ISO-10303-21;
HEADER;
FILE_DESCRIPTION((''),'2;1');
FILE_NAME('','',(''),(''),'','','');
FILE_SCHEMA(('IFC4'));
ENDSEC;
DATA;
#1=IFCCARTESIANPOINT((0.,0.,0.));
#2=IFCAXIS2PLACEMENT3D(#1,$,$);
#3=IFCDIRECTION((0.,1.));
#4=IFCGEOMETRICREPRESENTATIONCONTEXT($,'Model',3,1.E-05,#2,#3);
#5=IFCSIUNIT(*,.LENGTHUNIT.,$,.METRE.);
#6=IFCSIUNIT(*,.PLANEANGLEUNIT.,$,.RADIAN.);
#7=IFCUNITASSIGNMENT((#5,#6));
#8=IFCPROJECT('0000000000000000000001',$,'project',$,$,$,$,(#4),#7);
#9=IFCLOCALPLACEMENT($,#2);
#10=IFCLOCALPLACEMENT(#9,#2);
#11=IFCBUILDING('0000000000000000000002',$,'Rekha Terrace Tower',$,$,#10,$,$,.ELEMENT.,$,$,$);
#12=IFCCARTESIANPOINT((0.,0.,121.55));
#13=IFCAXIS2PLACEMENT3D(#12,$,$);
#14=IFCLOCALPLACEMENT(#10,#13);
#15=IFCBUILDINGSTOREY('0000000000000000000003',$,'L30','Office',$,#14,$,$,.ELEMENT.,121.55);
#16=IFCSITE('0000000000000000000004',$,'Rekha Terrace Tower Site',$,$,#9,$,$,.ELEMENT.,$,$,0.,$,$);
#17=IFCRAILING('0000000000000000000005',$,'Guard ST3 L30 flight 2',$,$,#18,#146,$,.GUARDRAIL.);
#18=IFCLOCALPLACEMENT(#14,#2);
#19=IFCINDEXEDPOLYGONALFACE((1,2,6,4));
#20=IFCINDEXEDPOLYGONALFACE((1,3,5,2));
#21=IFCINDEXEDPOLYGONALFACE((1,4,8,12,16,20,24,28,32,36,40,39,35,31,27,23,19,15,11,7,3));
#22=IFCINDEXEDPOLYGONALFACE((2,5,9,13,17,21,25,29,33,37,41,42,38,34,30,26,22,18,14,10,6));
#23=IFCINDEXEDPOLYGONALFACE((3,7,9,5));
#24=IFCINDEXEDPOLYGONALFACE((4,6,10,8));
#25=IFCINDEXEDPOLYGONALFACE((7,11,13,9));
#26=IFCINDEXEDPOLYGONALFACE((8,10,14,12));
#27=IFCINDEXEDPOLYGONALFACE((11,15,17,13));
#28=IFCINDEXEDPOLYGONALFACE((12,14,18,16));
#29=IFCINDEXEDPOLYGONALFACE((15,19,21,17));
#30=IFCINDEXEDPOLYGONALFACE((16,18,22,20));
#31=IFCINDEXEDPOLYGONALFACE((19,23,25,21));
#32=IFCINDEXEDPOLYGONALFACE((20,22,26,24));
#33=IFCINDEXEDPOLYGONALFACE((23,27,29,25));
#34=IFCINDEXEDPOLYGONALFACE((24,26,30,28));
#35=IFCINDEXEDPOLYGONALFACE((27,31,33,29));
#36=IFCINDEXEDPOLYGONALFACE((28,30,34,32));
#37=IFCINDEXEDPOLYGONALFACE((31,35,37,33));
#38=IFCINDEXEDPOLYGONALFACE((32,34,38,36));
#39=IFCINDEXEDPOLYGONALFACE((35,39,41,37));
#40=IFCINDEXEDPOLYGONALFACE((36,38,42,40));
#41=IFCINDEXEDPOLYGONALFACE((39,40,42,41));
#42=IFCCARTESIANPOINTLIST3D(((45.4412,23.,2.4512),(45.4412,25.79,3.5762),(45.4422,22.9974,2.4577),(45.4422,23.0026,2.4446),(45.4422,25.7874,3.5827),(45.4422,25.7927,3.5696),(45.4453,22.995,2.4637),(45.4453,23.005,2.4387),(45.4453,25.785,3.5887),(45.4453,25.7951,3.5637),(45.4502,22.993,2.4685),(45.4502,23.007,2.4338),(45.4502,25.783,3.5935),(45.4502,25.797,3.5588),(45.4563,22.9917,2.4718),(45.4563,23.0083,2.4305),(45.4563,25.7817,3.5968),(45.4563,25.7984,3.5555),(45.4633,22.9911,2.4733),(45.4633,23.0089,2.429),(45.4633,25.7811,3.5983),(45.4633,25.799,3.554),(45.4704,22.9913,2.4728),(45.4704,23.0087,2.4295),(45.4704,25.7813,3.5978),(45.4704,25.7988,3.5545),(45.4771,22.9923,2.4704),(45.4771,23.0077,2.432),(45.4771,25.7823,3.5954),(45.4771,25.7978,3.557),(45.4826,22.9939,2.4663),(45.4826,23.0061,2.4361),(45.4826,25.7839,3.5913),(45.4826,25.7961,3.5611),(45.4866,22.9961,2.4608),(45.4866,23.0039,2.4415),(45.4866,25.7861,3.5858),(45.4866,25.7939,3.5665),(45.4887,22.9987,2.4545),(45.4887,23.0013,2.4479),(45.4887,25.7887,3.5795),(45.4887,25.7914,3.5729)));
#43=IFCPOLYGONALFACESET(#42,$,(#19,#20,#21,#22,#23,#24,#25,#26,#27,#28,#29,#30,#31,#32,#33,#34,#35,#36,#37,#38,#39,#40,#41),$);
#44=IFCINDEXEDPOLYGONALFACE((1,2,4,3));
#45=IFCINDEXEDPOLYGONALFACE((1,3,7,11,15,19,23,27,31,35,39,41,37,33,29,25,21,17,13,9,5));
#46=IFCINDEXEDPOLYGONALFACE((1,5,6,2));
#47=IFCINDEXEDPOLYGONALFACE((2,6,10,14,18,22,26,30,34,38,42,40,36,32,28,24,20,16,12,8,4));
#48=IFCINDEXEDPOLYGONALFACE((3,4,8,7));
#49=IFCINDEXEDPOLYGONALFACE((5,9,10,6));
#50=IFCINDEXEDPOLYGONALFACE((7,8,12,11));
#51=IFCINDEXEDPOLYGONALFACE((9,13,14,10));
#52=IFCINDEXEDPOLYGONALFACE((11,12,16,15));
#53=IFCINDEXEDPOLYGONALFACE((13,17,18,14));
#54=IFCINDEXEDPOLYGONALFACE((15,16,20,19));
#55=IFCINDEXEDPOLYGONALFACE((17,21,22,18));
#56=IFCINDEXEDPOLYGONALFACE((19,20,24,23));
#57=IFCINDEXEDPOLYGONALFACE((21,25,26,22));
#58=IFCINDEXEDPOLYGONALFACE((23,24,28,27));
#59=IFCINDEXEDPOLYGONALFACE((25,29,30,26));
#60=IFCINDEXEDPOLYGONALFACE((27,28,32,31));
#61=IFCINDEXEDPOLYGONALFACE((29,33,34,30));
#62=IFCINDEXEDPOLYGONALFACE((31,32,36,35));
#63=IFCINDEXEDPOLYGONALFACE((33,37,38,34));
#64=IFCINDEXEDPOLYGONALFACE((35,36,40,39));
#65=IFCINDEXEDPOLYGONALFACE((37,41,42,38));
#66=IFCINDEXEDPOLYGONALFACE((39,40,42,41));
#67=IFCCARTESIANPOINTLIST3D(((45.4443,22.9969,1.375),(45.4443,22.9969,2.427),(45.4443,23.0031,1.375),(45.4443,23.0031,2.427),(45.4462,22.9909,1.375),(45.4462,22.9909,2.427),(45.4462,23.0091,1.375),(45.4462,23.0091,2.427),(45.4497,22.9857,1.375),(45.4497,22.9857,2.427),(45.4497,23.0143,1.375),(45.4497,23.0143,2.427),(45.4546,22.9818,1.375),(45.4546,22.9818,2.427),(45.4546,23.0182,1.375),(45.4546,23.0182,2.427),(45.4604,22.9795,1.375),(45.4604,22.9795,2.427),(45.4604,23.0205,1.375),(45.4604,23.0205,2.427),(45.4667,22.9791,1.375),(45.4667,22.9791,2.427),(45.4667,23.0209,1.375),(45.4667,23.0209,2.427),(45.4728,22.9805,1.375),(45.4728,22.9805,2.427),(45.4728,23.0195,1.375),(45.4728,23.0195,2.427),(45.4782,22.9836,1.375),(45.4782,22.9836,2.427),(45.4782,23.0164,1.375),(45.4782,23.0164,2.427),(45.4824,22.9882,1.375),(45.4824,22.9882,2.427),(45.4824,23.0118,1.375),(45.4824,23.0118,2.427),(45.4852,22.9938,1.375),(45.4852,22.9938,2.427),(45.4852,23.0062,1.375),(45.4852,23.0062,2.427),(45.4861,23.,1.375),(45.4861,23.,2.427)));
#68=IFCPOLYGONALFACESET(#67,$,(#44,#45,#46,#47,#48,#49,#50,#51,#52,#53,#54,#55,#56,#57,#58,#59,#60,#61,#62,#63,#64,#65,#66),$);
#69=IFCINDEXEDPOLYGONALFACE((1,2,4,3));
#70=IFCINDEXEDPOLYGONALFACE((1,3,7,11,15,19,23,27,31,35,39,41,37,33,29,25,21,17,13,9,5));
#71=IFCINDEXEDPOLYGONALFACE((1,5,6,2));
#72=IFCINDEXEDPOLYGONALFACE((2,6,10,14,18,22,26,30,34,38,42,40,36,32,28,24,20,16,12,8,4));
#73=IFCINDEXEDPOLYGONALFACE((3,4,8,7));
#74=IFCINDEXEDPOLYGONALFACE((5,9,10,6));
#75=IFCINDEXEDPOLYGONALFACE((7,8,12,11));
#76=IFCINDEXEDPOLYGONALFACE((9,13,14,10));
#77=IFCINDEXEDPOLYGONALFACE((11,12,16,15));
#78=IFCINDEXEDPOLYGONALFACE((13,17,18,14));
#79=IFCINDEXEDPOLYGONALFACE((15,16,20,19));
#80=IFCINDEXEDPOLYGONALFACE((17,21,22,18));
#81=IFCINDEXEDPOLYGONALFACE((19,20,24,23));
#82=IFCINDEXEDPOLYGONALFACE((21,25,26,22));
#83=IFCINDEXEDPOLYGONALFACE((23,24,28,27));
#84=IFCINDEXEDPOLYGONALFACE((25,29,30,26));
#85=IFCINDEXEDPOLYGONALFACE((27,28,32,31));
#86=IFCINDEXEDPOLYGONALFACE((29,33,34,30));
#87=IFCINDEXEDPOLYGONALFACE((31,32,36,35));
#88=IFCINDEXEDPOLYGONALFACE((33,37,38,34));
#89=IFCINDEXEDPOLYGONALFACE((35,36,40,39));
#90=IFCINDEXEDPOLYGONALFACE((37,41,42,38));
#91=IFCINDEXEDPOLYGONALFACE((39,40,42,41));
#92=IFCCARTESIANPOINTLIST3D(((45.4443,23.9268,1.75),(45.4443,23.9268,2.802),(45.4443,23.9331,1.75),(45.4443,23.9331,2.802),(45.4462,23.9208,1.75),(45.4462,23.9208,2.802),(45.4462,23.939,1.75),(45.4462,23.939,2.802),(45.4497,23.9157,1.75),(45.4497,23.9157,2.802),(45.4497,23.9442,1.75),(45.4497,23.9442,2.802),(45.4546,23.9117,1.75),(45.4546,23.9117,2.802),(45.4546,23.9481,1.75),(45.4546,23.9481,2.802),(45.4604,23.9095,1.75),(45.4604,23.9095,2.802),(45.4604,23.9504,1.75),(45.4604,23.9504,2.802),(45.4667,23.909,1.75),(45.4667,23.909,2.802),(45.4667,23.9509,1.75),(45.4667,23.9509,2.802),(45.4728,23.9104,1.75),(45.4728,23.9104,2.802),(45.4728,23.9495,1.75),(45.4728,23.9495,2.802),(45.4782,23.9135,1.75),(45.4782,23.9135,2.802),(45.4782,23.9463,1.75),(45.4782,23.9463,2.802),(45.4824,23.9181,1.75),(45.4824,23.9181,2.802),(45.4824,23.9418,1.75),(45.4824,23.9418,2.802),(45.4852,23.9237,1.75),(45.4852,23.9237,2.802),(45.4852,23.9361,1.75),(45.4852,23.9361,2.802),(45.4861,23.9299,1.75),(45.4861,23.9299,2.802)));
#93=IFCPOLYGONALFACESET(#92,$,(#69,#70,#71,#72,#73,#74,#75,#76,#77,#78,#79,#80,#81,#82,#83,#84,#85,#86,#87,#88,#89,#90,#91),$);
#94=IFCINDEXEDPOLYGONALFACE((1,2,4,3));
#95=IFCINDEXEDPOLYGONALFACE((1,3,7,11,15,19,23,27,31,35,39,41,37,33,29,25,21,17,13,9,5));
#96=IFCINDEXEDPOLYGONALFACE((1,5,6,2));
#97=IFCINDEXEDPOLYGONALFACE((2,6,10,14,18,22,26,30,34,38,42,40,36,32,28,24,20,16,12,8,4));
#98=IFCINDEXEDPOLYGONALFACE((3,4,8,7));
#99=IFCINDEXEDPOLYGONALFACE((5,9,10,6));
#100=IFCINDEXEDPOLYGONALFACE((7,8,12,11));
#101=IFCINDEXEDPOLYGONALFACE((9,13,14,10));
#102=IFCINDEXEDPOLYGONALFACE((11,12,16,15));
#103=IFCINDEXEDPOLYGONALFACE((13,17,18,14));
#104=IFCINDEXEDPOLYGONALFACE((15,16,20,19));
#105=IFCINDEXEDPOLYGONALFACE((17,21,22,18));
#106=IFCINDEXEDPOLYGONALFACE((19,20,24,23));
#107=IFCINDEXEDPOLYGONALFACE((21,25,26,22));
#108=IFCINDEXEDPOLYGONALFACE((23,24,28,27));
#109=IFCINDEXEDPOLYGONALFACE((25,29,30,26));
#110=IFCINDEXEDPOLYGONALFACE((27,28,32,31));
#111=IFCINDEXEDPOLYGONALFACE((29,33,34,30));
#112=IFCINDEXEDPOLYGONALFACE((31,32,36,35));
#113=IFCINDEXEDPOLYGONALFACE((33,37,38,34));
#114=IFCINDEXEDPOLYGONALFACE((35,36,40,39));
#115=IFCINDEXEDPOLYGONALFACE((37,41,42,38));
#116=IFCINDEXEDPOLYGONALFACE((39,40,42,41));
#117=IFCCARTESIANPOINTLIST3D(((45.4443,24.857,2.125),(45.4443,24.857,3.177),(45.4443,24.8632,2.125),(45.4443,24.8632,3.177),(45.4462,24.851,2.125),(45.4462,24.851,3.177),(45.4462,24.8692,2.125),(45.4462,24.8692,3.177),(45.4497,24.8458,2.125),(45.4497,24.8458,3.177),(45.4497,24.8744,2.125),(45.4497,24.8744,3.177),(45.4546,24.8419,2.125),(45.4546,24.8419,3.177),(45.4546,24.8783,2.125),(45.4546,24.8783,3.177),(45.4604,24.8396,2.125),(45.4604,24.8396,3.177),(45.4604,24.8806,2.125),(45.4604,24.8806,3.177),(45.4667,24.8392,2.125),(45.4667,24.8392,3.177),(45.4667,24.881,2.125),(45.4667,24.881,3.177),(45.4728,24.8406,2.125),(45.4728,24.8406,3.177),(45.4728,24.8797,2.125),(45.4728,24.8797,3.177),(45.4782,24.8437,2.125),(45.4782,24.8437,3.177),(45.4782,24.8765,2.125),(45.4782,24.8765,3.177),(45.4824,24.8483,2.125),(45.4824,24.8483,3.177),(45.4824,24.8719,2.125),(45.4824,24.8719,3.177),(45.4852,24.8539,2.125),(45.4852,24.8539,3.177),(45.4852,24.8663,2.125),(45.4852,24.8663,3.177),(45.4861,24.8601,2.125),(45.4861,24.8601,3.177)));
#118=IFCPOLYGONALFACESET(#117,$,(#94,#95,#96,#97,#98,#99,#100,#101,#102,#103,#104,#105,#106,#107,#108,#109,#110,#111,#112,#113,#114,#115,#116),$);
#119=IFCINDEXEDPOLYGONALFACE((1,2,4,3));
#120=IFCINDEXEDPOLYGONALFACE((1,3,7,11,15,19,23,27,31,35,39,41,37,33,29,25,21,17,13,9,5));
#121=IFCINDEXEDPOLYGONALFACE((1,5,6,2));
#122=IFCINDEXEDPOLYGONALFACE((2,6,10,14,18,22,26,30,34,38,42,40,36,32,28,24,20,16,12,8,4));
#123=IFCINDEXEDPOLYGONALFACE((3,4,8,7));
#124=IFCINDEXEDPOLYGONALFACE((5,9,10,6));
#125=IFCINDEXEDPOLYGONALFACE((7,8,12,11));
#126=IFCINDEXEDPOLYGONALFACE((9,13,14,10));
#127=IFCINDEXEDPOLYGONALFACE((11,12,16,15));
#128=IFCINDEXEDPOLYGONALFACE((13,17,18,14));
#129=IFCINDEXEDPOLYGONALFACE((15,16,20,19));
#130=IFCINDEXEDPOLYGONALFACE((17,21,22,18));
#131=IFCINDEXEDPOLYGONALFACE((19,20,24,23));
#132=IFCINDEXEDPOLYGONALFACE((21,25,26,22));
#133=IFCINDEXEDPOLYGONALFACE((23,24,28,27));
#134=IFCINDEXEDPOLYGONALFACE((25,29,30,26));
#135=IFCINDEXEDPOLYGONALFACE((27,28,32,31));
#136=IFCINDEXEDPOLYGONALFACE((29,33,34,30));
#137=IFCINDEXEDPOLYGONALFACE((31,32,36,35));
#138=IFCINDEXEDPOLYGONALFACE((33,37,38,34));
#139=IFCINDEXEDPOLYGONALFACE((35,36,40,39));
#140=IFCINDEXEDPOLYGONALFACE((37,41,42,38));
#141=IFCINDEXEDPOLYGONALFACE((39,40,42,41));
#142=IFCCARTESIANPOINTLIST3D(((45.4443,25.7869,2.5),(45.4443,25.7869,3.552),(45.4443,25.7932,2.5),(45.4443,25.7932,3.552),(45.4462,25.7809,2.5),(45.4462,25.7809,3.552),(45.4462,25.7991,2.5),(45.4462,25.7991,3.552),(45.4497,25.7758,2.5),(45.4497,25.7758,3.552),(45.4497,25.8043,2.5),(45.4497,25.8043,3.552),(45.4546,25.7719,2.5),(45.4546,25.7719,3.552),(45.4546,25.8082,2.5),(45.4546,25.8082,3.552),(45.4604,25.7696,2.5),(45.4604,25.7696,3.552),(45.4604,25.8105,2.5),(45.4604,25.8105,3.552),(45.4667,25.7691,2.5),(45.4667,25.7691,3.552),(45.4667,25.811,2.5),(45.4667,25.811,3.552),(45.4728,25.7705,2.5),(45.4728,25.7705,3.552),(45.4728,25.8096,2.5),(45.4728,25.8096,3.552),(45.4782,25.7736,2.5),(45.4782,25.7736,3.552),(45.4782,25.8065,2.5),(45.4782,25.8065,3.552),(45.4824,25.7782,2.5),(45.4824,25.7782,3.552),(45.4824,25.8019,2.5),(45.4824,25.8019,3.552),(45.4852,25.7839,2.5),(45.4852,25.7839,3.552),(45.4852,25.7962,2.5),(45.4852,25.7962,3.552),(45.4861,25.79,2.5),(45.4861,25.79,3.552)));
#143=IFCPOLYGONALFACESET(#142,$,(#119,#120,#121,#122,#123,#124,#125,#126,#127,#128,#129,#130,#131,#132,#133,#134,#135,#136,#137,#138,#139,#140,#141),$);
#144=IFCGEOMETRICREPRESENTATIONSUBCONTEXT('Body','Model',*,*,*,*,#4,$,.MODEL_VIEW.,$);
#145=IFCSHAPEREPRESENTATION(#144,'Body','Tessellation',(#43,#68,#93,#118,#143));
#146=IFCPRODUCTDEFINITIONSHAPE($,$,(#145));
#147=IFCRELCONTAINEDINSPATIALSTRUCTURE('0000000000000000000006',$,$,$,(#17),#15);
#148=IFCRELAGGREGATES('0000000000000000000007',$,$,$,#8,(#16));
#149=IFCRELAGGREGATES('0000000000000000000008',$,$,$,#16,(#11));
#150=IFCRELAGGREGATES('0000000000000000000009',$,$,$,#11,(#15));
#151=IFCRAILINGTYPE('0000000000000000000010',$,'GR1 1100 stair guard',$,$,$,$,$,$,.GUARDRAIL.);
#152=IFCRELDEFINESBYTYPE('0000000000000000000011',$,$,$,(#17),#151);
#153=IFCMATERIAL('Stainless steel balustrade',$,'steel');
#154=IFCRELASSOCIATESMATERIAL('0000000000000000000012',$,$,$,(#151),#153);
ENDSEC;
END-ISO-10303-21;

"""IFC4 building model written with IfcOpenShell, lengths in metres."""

from ifc_helpers import new_model, si_unit, direction, frame, origin, origin_2d, place, context, subcontext, project, spatial, circle, extrude, material, type_object, element, save


model = new_model("IFC4")

# Units and contexts
model_context = context("Model", 3, precision=1e-05, world=origin(), true_north=direction((0.0, 1.0)))
body_context = subcontext(model_context, "Body", "Model", "MODEL_VIEW")
ifc_project = project(units=[si_unit("LENGTHUNIT", "METRE"), si_unit("PLANEANGLEUNIT", "RADIAN")], contexts=[model_context])

# Site, building, storey
site_placement = place(None, origin())
site = spatial("IfcSite", under=ifc_project, at=site_placement, Name="Rekha Terrace Tower Site", CompositionType="ELEMENT", RefElevation=0.0)
building_placement = place(site_placement, origin())
building = spatial("IfcBuilding", under=site, at=building_placement, Name="Rekha Terrace Tower", CompositionType="ELEMENT")
storey_placement = place(building_placement, frame((0.0, 0.0, 121.55)))
storey = spatial("IfcBuildingStorey", under=building, at=storey_placement, Name="L30", Description="Office", CompositionType="ELEMENT", Elevation=121.55)

# Railing
ifc_material_1 = material(Name="Stainless steel balustrade", Category="steel")
railing_type_1 = type_object("IfcRailingType", Name="GR1 1100 stair guard", PredefinedType="GUARDRAIL", material=ifc_material_1)
railing_1_placement = place(storey_placement, frame((45.4651, 23.0, 1.375)))
element("IfcRailing", 1, at=railing_1_placement, inside=storey, type_object=railing_type_1, Name="Guard ST3 L30 flight 2", PredefinedType="GUARDRAIL", context=body_context, shape_type="SweptSolid", body=[
    extrude(circle(Radius=0.0239, at=origin_2d()), frame((0.0, 0.0, 1.0762), z_axis=(0.0, 0.927443, 0.373964), x_axis=(-1.0, 0.0, 0.0)), (0.0, 0.0, 1.0), 3.0083),
    extrude(circle(Radius=0.021, at=origin_2d()), origin(), (0.0, 0.0, 1.0), 1.052),
    extrude(circle(Radius=0.021, at=origin_2d()), frame((0.0, 0.9299, 0.375)), (0.0, 0.0, 1.0), 1.052),
    extrude(circle(Radius=0.021, at=origin_2d()), frame((0.0, 1.8601, 0.75)), (0.0, 0.0, 1.0), 1.052),
    extrude(circle(Radius=0.021, at=origin_2d()), frame((0.0, 2.79, 1.125)), (0.0, 0.0, 1.0), 1.052),
])

save(model, "model.ifc")
